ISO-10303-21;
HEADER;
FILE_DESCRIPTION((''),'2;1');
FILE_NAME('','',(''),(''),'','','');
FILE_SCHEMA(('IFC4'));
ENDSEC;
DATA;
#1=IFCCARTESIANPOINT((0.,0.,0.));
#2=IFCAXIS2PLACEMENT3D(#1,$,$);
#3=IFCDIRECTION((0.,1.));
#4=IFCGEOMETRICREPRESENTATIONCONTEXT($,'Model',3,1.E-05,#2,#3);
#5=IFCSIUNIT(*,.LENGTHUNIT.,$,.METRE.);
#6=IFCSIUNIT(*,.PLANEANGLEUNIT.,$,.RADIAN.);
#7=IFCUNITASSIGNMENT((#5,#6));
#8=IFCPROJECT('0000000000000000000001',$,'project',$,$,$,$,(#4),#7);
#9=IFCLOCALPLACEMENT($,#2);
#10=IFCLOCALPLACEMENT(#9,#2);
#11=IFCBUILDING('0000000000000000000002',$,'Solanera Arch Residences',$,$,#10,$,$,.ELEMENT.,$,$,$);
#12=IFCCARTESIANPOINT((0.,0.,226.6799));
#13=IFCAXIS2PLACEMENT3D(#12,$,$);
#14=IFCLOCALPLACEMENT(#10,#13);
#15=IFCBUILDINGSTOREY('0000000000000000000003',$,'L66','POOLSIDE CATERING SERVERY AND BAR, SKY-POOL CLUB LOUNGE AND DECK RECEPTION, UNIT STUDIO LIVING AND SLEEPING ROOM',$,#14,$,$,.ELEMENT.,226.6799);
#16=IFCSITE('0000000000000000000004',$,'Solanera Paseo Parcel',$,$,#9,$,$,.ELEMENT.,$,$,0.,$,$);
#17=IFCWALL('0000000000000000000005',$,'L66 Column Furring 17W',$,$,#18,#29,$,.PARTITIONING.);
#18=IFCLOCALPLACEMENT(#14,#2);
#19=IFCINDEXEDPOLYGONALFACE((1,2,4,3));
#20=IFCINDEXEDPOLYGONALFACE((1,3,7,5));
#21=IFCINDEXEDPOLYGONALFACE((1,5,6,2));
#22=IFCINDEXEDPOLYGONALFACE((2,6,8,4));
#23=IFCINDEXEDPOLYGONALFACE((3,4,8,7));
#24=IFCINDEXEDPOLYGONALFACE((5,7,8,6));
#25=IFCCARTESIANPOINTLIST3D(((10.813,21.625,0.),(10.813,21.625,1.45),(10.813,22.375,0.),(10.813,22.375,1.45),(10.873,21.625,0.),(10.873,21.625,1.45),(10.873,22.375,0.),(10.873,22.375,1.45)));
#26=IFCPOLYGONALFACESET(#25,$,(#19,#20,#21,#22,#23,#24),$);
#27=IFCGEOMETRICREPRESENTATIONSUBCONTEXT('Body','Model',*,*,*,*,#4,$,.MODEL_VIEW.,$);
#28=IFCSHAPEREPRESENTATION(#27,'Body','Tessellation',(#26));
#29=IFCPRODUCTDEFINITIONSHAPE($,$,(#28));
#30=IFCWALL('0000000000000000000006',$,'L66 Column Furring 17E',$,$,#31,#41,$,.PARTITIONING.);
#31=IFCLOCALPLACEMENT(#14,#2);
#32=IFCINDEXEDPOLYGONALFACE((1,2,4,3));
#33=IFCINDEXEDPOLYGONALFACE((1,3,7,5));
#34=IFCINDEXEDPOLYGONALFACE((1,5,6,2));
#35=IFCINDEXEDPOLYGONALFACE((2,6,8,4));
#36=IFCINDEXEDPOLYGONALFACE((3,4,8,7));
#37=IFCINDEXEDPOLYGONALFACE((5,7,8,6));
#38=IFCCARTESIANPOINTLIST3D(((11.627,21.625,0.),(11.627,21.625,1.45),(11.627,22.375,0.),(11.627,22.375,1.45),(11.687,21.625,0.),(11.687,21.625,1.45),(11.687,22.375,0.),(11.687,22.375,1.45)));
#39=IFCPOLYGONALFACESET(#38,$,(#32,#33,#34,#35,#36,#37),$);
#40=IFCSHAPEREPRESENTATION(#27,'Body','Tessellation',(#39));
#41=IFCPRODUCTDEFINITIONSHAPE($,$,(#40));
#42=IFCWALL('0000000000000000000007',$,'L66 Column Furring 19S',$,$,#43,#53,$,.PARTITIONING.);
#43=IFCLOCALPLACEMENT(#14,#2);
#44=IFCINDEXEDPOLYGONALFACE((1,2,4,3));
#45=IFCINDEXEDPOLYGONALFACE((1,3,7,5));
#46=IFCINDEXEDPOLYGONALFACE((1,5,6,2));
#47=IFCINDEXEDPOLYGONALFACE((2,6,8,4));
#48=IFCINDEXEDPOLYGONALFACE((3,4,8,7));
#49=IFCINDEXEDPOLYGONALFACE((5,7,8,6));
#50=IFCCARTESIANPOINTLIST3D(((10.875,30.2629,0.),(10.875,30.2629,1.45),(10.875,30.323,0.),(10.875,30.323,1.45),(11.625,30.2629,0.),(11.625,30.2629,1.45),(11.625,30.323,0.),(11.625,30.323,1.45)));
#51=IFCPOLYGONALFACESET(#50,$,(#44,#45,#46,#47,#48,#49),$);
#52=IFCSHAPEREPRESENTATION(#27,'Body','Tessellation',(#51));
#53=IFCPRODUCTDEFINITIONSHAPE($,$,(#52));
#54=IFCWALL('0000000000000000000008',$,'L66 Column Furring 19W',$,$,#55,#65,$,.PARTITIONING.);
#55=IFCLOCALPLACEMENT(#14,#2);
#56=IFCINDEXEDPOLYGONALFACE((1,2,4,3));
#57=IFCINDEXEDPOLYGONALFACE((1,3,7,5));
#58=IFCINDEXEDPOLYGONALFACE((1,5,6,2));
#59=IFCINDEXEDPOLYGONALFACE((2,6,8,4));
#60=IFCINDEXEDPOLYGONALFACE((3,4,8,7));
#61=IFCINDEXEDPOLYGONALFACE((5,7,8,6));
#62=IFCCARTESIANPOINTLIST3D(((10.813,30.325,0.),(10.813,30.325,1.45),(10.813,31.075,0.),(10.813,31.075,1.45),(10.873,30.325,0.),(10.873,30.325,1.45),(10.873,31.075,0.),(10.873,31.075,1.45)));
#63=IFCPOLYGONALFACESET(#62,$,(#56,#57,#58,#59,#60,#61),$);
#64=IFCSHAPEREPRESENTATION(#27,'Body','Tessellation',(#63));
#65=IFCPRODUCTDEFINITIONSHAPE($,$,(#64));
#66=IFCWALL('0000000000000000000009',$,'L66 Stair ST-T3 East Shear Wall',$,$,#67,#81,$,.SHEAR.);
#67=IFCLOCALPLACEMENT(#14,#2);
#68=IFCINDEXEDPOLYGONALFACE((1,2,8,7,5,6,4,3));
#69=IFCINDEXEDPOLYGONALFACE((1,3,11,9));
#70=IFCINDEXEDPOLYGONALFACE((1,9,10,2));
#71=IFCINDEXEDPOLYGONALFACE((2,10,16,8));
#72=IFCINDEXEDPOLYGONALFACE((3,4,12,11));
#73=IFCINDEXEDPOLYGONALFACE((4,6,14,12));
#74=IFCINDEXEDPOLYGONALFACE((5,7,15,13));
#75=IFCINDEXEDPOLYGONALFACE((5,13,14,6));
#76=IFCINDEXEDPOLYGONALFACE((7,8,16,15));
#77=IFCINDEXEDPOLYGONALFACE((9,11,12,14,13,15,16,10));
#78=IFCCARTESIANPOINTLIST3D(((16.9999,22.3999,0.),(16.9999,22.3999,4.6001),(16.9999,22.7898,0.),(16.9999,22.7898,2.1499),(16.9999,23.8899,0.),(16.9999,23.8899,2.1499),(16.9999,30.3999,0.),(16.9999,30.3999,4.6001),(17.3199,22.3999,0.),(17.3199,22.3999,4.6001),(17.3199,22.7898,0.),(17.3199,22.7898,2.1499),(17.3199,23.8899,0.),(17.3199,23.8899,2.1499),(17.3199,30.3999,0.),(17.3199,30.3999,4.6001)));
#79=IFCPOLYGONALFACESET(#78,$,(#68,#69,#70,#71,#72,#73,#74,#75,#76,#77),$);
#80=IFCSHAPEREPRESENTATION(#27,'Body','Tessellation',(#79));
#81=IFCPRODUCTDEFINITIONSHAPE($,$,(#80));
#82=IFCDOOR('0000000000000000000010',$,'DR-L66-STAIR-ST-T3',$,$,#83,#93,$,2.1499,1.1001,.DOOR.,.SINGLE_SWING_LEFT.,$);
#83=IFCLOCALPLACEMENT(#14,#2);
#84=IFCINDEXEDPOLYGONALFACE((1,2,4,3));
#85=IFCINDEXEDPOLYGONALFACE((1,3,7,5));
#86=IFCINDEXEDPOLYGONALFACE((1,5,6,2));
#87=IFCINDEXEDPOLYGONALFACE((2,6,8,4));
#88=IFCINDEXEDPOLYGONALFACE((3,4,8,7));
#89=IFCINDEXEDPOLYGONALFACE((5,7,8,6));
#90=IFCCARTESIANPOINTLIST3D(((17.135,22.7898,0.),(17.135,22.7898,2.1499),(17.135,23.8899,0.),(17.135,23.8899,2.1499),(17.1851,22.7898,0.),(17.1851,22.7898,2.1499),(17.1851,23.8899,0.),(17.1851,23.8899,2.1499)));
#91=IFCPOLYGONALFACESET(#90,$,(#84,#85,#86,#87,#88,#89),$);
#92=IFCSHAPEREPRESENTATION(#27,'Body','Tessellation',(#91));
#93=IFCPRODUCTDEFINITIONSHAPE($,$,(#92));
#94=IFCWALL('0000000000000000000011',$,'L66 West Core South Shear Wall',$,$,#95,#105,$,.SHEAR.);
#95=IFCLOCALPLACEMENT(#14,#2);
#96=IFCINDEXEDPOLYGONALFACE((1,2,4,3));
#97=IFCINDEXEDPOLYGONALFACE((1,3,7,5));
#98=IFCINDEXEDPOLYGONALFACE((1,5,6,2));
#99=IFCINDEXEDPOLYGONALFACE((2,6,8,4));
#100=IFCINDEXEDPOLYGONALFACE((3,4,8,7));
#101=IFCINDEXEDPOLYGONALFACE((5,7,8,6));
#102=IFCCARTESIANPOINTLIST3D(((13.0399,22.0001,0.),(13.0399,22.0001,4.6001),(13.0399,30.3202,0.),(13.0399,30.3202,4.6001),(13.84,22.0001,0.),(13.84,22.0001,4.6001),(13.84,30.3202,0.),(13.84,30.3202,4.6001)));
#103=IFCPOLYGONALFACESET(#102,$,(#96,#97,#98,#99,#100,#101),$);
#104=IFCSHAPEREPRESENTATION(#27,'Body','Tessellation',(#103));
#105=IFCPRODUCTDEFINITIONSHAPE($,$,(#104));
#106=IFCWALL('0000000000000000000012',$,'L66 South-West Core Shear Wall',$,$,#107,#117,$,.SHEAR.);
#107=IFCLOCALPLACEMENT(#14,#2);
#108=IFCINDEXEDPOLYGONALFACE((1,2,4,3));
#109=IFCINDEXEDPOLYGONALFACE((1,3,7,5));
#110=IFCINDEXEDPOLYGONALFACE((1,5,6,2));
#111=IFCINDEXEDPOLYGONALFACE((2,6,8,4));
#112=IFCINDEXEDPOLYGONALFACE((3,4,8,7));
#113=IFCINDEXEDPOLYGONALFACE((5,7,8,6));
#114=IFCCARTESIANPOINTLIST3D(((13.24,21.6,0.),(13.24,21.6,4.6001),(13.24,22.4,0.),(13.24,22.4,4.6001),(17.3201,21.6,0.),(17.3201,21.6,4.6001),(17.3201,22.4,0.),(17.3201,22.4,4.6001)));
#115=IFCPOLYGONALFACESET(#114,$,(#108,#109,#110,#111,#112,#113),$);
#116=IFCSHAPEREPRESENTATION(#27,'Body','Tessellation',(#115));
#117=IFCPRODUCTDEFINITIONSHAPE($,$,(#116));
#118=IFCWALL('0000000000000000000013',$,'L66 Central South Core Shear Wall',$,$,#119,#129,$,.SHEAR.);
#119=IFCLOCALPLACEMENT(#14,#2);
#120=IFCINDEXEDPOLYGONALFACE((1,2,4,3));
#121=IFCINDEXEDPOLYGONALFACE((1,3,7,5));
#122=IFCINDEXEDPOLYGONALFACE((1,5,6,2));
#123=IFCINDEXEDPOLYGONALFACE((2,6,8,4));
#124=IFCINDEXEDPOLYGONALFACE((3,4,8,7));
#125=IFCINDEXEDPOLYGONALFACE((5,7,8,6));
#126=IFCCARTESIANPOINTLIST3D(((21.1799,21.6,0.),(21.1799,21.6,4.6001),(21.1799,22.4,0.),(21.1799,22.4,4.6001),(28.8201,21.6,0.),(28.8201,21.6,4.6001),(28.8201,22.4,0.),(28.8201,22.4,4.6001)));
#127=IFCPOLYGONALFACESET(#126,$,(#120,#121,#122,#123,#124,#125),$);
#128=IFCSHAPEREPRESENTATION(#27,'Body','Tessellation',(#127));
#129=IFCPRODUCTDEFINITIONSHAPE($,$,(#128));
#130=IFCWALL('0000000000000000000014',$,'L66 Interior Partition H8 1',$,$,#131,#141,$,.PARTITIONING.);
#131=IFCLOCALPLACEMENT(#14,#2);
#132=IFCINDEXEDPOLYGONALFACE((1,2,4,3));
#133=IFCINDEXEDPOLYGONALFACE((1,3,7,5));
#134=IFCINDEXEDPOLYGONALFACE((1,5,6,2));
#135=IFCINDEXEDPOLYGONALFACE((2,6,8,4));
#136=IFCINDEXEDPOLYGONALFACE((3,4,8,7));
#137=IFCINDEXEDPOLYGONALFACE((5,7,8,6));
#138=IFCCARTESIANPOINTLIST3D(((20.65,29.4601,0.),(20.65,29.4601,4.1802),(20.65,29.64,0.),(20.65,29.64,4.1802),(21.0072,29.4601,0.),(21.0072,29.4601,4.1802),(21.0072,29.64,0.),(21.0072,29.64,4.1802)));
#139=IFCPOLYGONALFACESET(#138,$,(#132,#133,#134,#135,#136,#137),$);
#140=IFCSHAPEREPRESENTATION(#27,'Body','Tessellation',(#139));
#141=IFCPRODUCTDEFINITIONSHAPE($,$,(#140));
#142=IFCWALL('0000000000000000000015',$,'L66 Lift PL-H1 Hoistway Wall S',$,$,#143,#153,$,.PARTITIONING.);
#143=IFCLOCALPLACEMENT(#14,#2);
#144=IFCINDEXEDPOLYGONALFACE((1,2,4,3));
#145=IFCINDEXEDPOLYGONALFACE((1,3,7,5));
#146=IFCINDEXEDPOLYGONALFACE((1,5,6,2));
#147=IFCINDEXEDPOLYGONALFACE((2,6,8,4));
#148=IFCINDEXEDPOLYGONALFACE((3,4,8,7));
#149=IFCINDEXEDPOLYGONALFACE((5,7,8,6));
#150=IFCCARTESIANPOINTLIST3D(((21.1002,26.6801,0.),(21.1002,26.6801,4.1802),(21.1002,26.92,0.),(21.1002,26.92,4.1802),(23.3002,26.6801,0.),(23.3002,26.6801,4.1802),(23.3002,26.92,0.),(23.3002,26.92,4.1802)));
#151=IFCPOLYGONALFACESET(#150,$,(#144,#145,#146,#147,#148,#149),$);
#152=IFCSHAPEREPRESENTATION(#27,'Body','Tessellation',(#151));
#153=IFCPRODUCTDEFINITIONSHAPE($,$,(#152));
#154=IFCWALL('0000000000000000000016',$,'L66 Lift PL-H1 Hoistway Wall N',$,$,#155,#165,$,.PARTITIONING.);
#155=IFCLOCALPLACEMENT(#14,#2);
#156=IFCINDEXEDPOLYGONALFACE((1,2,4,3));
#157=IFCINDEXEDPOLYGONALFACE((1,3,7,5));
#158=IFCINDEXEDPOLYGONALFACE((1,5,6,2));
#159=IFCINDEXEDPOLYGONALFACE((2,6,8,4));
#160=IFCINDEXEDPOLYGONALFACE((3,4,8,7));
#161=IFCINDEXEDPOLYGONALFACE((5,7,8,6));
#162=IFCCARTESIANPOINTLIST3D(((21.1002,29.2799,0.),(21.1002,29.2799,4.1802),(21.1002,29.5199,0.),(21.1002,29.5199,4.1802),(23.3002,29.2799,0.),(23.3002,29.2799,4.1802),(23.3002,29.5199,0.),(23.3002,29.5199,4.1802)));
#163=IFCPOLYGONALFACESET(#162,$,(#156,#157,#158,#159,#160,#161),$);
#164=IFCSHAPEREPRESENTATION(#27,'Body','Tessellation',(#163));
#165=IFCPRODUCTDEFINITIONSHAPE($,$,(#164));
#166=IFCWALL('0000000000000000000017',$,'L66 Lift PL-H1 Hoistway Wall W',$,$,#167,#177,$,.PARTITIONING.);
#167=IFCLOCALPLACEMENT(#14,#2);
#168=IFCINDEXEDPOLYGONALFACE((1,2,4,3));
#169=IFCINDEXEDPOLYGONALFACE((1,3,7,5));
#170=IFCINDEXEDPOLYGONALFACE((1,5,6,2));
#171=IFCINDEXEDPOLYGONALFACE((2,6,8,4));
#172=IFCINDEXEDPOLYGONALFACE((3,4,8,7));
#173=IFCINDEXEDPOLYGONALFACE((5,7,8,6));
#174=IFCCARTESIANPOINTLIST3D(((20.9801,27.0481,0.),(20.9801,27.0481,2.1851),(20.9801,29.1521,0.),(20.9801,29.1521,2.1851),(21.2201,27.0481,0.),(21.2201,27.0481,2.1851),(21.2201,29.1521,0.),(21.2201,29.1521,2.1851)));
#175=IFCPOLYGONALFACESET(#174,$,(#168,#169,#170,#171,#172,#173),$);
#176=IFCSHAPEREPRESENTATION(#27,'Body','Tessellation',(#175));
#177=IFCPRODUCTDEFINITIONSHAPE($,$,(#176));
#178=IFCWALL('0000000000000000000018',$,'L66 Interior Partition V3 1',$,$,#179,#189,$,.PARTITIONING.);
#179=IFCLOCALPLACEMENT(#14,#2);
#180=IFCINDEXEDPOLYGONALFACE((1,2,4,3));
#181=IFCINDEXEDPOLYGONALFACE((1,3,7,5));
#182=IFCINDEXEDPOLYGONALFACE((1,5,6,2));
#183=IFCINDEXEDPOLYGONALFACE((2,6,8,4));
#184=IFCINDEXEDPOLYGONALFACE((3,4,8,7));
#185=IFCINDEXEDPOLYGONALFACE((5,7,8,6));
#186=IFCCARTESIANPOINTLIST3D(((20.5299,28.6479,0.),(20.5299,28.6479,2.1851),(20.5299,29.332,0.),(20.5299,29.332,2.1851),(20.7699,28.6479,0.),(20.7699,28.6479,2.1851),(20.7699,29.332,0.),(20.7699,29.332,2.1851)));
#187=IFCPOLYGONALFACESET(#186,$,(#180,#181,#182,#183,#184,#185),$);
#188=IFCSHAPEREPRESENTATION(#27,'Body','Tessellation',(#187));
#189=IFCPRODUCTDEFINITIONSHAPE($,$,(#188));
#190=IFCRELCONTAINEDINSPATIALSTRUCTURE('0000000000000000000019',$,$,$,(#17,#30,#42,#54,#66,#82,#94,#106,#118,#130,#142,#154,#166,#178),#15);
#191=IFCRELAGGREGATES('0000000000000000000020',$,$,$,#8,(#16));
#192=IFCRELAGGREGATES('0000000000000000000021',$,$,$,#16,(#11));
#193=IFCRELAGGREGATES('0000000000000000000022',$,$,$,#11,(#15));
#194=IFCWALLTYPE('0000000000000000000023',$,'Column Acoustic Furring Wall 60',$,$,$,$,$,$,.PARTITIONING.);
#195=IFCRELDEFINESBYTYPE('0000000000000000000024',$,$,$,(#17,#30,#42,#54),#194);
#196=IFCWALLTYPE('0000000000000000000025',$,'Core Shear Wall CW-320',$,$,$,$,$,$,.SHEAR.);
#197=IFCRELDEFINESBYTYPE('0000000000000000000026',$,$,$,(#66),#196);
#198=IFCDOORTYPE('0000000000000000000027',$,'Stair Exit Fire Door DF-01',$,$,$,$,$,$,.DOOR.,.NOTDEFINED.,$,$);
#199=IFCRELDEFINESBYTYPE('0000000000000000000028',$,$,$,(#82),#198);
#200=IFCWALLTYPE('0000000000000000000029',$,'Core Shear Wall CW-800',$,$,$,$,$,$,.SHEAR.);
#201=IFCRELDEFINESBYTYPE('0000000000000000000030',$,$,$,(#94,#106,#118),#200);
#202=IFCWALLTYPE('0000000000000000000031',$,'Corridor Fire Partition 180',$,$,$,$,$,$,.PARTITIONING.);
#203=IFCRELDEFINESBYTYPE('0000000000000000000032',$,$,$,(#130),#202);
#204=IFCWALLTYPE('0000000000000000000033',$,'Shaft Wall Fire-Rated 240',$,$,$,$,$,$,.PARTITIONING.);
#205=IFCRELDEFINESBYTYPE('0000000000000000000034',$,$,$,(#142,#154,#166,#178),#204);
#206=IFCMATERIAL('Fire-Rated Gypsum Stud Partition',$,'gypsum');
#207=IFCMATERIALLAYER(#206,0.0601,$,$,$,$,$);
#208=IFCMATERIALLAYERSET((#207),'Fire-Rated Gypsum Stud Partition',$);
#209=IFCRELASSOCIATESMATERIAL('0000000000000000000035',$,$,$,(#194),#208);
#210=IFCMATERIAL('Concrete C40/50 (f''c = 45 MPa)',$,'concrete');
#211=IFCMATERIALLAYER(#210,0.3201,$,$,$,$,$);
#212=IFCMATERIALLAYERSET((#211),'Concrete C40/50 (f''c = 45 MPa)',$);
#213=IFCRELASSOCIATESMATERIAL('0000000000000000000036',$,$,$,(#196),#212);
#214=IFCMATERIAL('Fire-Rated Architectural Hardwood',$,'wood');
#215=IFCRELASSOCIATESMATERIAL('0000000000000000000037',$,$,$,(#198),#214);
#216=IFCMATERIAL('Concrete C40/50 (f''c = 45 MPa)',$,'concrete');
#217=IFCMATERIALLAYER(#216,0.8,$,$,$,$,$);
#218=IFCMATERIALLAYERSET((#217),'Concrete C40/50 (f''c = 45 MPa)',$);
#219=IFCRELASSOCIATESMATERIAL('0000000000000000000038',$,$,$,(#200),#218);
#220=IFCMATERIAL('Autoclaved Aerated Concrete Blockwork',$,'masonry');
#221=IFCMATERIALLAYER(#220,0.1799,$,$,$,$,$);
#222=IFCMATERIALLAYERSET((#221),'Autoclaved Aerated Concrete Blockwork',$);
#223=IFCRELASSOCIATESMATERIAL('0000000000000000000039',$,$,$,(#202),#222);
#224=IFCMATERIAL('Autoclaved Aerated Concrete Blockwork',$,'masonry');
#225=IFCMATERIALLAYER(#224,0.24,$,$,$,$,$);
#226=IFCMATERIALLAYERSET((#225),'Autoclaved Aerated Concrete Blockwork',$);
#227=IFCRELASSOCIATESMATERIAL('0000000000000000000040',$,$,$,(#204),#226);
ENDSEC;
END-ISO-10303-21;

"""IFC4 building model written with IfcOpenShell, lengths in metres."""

from ifc_helpers import new_model, si_unit, direction, frame, frame_2d, origin, place, context, subcontext, project, spatial, rectangle, extrude, material, layer, layer_set, type_object, element, fill, save


model = new_model("IFC4")

# Units and contexts
model_context = context("Model", 3, precision=1e-05, world=origin(), true_north=direction((0.0, 1.0)))
body_context = subcontext(model_context, "Body", "Model", "MODEL_VIEW")
ifc_project = project(units=[si_unit("LENGTHUNIT", "METRE"), si_unit("PLANEANGLEUNIT", "RADIAN")], contexts=[model_context])

# Site, building, storey
site_placement = place(None, origin())
site = spatial("IfcSite", under=ifc_project, at=site_placement, Name="Solanera Paseo Parcel", CompositionType="ELEMENT", RefElevation=0.0)
building_placement = place(site_placement, origin())
building = spatial("IfcBuilding", under=site, at=building_placement, Name="Solanera Arch Residences", CompositionType="ELEMENT")
storey_placement = place(building_placement, frame((0.0, 0.0, 226.6799)))
storey = spatial("IfcBuildingStorey", under=building, at=storey_placement, Name="L66", Description="POOLSIDE CATERING SERVERY AND BAR, SKY-POOL CLUB LOUNGE AND DECK RECEPTION, UNIT STUDIO LIVING AND SLEEPING ROOM", CompositionType="ELEMENT", Elevation=226.6799)

# Walls
ifc_material_1 = material(Name="Fire-Rated Gypsum Stud Partition", Category="gypsum")
ifc_layer_1 = layer(ifc_material_1, 0.0601)
ifc_layer_set_1 = layer_set([ifc_layer_1], Name="Fire-Rated Gypsum Stud Partition")
wall_type_1 = type_object("IfcWallType", Name="Column Acoustic Furring Wall 60", PredefinedType="PARTITIONING", material=ifc_layer_set_1)
for number, where, z_axis, x_axis, name in (
    (1, (10.843, 21.625, 0.0), (0.0, 0.0, 1.0), (0.0, 1.0, 0.0), "L66 Column Furring 17W"),
    (2, (11.657, 21.625, 0.0), (0.0, 0.0, 1.0), (0.0, 1.0, 0.0), "L66 Column Furring 17E"),
    (3, (10.875, 30.293, 0.0), (0.0, 0.0, 1.0), (1.0, 0.0, 0.0), "L66 Column Furring 19S"),
    (4, (10.843, 30.325, 0.0), (0.0, 0.0, 1.0), (0.0, 1.0, 0.0), "L66 Column Furring 19W"),
):
    element("IfcWall", number, at=place(storey_placement, frame(where, z_axis=z_axis, x_axis=x_axis)), inside=storey, type_object=wall_type_1, Name=name, PredefinedType="PARTITIONING", context=body_context, shape_type="SweptSolid", body=[
        extrude(rectangle(XDim=0.75, YDim=0.0601, at=frame_2d((0.375, 0.0))), origin(), (0.0, 0.0, 1.0), 1.45),
    ])

# Wall, opening, door
ifc_material_2 = material(Name="Concrete C40/50 (f'c = 45 MPa)", Category="concrete")
ifc_layer_2 = layer(ifc_material_2, 0.3201)
ifc_layer_set_2 = layer_set([ifc_layer_2], Name="Concrete C40/50 (f'c = 45 MPa)")
wall_type_2 = type_object("IfcWallType", Name="Core Shear Wall CW-320", PredefinedType="SHEAR", material=ifc_layer_set_2)
wall_1_placement = place(storey_placement, frame((17.1599, 22.3999, 0.0), z_axis=(0.0, 0.0, 1.0), x_axis=(0.0, 1.0, 0.0)))
wall_1 = element("IfcWall", 5, at=wall_1_placement, inside=storey, type_object=wall_type_2, Name="L66 Stair ST-T3 East Shear Wall", PredefinedType="SHEAR", context=body_context, shape_type="SweptSolid", body=[
    extrude(rectangle(XDim=8.0, YDim=0.3201, at=frame_2d((4.0, 0.0))), origin(), (0.0, 0.0, 1.0), 4.6001),
])
opening_1_placement = place(wall_1_placement, frame((0.3899, 0.0, 0.0)))
opening_1 = element("IfcOpeningElement", 6, at=opening_1_placement, cuts=wall_1, PredefinedType="OPENING", context=body_context, shape_type="SweptSolid", body=[
    extrude(rectangle(XDim=1.1001, YDim=2.1499, at=frame_2d((0.55, 1.075))), frame((0.0, 0.1699, 0.0), z_axis=(0.0, -1.0, 0.0), x_axis=(1.0, 0.0, 0.0)), (0.0, 0.0, 1.0), 0.3401),
])
ifc_material_3 = material(Name="Fire-Rated Architectural Hardwood", Category="wood")
door_type_1 = type_object("IfcDoorType", Name="Stair Exit Fire Door DF-01", OperationType="NOTDEFINED", PredefinedType="DOOR", material=ifc_material_3)
door_1_placement = place(opening_1_placement, origin())
door_1 = element("IfcDoor", 7, at=door_1_placement, inside=storey, type_object=door_type_1, Name="DR-L66-STAIR-ST-T3", OperationType="SINGLE_SWING_LEFT", OverallHeight=2.1499, OverallWidth=1.1001, PredefinedType="DOOR", context=body_context, shape_type="SweptSolid", body=[
    extrude(rectangle(XDim=1.1001, YDim=2.1499, at=frame_2d((0.55, 1.075))), frame((0.0, 0.0249, 0.0), z_axis=(0.0, -1.0, 0.0), x_axis=(1.0, 0.0, 0.0)), (0.0, 0.0, 1.0), 0.05),
])
fill(opening_1, door_1)

# Walls
ifc_material_4 = material(Name="Concrete C40/50 (f'c = 45 MPa)", Category="concrete")
ifc_layer_3 = layer(ifc_material_4, 0.8)
ifc_layer_set_3 = layer_set([ifc_layer_3], Name="Concrete C40/50 (f'c = 45 MPa)")
wall_type_3 = type_object("IfcWallType", Name="Core Shear Wall CW-800", PredefinedType="SHEAR", material=ifc_layer_set_3)
wall_2_placement = place(storey_placement, frame((13.4399, 22.0, 0.0), z_axis=(0.0, 0.0, 1.0), x_axis=(0.0, 1.0, 0.0)))
element("IfcWall", 8, at=wall_2_placement, inside=storey, type_object=wall_type_3, Name="L66 West Core South Shear Wall", PredefinedType="SHEAR", context=body_context, shape_type="SweptSolid", body=[
    extrude(rectangle(XDim=8.3201, YDim=0.8, at=frame_2d((4.1602, 0.0))), origin(), (0.0, 0.0, 1.0), 4.6001),
])
wall_3_placement = place(storey_placement, frame((13.24, 22.0, 0.0), z_axis=(0.0, 0.0, 1.0), x_axis=(1.0, 0.0, 0.0)))
element("IfcWall", 9, at=wall_3_placement, inside=storey, type_object=wall_type_3, Name="L66 South-West Core Shear Wall", PredefinedType="SHEAR", context=body_context, shape_type="SweptSolid", body=[
    extrude(rectangle(XDim=4.0801, YDim=0.8, at=frame_2d((2.04, 0.0))), origin(), (0.0, 0.0, 1.0), 4.6001),
])
wall_4_placement = place(storey_placement, frame((21.1799, 22.0, 0.0), z_axis=(0.0, 0.0, 1.0), x_axis=(1.0, 0.0, 0.0)))
element("IfcWall", 10, at=wall_4_placement, inside=storey, type_object=wall_type_3, Name="L66 Central South Core Shear Wall", PredefinedType="SHEAR", context=body_context, shape_type="SweptSolid", body=[
    extrude(rectangle(XDim=7.6401, YDim=0.8, at=frame_2d((3.8201, 0.0))), origin(), (0.0, 0.0, 1.0), 4.6001),
])
ifc_material_5 = material(Name="Autoclaved Aerated Concrete Blockwork", Category="masonry")
ifc_layer_4 = layer(ifc_material_5, 0.1799)
ifc_layer_set_4 = layer_set([ifc_layer_4], Name="Autoclaved Aerated Concrete Blockwork")
wall_type_4 = type_object("IfcWallType", Name="Corridor Fire Partition 180", PredefinedType="PARTITIONING", material=ifc_layer_set_4)
wall_5_placement = place(storey_placement, frame((20.6499, 29.55, 0.0), z_axis=(0.0, 0.0, 1.0), x_axis=(1.0, 0.0, 0.0)))
element("IfcWall", 11, at=wall_5_placement, inside=storey, type_object=wall_type_4, Name="L66 Interior Partition H8 1", PredefinedType="PARTITIONING", context=body_context, shape_type="SweptSolid", body=[
    extrude(rectangle(XDim=0.3572, YDim=0.1799, at=frame_2d((0.1787, 0.0))), origin(), (0.0, 0.0, 1.0), 4.1802),
])
ifc_material_6 = material(Name="Autoclaved Aerated Concrete Blockwork", Category="masonry")
ifc_layer_5 = layer(ifc_material_6, 0.24)
ifc_layer_set_5 = layer_set([ifc_layer_5], Name="Autoclaved Aerated Concrete Blockwork")
wall_type_5 = type_object("IfcWallType", Name="Shaft Wall Fire-Rated 240", PredefinedType="PARTITIONING", material=ifc_layer_set_5)
for number, where, z_axis, x_axis, name in (
    (12, (21.1001, 26.8, 0.0), (0.0, 0.0, 1.0), (1.0, 0.0, 0.0), "L66 Lift PL-H1 Hoistway Wall S"),
    (13, (21.1001, 29.3999, 0.0), (0.0, 0.0, 1.0), (1.0, 0.0, 0.0), "L66 Lift PL-H1 Hoistway Wall N"),
):
    element("IfcWall", number, at=place(storey_placement, frame(where, z_axis=z_axis, x_axis=x_axis)), inside=storey, type_object=wall_type_5, Name=name, PredefinedType="PARTITIONING", context=body_context, shape_type="SweptSolid", body=[
        extrude(rectangle(XDim=2.2, YDim=0.24, at=frame_2d((1.1001, 0.0))), origin(), (0.0, 0.0, 1.0), 4.1802),
    ])
wall_6_placement = place(storey_placement, frame((21.1001, 27.0481, 0.0), z_axis=(0.0, 0.0, 1.0), x_axis=(0.0, 1.0, 0.0)))
element("IfcWall", 14, at=wall_6_placement, inside=storey, type_object=wall_type_5, Name="L66 Lift PL-H1 Hoistway Wall W", PredefinedType="PARTITIONING", context=body_context, shape_type="SweptSolid", body=[
    extrude(rectangle(XDim=2.104, YDim=0.24, at=frame_2d((1.052, 0.0))), origin(), (0.0, 0.0, 1.0), 2.1851),
])

# Wall
wall_7_placement = place(storey_placement, frame((20.6499, 28.6479, 0.0), z_axis=(0.0, 0.0, 1.0), x_axis=(0.0, 1.0, 0.0)))
element("IfcWall", 15, at=wall_7_placement, inside=storey, type_object=wall_type_5, Name="L66 Interior Partition V3 1", PredefinedType="PARTITIONING", context=body_context, shape_type="SweptSolid", body=[
    extrude(rectangle(XDim=0.6841, YDim=0.24, at=frame_2d((0.342, 0.0))), origin(), (0.0, 0.0, 1.0), 2.1851),
])

save(model, "model.ifc")
